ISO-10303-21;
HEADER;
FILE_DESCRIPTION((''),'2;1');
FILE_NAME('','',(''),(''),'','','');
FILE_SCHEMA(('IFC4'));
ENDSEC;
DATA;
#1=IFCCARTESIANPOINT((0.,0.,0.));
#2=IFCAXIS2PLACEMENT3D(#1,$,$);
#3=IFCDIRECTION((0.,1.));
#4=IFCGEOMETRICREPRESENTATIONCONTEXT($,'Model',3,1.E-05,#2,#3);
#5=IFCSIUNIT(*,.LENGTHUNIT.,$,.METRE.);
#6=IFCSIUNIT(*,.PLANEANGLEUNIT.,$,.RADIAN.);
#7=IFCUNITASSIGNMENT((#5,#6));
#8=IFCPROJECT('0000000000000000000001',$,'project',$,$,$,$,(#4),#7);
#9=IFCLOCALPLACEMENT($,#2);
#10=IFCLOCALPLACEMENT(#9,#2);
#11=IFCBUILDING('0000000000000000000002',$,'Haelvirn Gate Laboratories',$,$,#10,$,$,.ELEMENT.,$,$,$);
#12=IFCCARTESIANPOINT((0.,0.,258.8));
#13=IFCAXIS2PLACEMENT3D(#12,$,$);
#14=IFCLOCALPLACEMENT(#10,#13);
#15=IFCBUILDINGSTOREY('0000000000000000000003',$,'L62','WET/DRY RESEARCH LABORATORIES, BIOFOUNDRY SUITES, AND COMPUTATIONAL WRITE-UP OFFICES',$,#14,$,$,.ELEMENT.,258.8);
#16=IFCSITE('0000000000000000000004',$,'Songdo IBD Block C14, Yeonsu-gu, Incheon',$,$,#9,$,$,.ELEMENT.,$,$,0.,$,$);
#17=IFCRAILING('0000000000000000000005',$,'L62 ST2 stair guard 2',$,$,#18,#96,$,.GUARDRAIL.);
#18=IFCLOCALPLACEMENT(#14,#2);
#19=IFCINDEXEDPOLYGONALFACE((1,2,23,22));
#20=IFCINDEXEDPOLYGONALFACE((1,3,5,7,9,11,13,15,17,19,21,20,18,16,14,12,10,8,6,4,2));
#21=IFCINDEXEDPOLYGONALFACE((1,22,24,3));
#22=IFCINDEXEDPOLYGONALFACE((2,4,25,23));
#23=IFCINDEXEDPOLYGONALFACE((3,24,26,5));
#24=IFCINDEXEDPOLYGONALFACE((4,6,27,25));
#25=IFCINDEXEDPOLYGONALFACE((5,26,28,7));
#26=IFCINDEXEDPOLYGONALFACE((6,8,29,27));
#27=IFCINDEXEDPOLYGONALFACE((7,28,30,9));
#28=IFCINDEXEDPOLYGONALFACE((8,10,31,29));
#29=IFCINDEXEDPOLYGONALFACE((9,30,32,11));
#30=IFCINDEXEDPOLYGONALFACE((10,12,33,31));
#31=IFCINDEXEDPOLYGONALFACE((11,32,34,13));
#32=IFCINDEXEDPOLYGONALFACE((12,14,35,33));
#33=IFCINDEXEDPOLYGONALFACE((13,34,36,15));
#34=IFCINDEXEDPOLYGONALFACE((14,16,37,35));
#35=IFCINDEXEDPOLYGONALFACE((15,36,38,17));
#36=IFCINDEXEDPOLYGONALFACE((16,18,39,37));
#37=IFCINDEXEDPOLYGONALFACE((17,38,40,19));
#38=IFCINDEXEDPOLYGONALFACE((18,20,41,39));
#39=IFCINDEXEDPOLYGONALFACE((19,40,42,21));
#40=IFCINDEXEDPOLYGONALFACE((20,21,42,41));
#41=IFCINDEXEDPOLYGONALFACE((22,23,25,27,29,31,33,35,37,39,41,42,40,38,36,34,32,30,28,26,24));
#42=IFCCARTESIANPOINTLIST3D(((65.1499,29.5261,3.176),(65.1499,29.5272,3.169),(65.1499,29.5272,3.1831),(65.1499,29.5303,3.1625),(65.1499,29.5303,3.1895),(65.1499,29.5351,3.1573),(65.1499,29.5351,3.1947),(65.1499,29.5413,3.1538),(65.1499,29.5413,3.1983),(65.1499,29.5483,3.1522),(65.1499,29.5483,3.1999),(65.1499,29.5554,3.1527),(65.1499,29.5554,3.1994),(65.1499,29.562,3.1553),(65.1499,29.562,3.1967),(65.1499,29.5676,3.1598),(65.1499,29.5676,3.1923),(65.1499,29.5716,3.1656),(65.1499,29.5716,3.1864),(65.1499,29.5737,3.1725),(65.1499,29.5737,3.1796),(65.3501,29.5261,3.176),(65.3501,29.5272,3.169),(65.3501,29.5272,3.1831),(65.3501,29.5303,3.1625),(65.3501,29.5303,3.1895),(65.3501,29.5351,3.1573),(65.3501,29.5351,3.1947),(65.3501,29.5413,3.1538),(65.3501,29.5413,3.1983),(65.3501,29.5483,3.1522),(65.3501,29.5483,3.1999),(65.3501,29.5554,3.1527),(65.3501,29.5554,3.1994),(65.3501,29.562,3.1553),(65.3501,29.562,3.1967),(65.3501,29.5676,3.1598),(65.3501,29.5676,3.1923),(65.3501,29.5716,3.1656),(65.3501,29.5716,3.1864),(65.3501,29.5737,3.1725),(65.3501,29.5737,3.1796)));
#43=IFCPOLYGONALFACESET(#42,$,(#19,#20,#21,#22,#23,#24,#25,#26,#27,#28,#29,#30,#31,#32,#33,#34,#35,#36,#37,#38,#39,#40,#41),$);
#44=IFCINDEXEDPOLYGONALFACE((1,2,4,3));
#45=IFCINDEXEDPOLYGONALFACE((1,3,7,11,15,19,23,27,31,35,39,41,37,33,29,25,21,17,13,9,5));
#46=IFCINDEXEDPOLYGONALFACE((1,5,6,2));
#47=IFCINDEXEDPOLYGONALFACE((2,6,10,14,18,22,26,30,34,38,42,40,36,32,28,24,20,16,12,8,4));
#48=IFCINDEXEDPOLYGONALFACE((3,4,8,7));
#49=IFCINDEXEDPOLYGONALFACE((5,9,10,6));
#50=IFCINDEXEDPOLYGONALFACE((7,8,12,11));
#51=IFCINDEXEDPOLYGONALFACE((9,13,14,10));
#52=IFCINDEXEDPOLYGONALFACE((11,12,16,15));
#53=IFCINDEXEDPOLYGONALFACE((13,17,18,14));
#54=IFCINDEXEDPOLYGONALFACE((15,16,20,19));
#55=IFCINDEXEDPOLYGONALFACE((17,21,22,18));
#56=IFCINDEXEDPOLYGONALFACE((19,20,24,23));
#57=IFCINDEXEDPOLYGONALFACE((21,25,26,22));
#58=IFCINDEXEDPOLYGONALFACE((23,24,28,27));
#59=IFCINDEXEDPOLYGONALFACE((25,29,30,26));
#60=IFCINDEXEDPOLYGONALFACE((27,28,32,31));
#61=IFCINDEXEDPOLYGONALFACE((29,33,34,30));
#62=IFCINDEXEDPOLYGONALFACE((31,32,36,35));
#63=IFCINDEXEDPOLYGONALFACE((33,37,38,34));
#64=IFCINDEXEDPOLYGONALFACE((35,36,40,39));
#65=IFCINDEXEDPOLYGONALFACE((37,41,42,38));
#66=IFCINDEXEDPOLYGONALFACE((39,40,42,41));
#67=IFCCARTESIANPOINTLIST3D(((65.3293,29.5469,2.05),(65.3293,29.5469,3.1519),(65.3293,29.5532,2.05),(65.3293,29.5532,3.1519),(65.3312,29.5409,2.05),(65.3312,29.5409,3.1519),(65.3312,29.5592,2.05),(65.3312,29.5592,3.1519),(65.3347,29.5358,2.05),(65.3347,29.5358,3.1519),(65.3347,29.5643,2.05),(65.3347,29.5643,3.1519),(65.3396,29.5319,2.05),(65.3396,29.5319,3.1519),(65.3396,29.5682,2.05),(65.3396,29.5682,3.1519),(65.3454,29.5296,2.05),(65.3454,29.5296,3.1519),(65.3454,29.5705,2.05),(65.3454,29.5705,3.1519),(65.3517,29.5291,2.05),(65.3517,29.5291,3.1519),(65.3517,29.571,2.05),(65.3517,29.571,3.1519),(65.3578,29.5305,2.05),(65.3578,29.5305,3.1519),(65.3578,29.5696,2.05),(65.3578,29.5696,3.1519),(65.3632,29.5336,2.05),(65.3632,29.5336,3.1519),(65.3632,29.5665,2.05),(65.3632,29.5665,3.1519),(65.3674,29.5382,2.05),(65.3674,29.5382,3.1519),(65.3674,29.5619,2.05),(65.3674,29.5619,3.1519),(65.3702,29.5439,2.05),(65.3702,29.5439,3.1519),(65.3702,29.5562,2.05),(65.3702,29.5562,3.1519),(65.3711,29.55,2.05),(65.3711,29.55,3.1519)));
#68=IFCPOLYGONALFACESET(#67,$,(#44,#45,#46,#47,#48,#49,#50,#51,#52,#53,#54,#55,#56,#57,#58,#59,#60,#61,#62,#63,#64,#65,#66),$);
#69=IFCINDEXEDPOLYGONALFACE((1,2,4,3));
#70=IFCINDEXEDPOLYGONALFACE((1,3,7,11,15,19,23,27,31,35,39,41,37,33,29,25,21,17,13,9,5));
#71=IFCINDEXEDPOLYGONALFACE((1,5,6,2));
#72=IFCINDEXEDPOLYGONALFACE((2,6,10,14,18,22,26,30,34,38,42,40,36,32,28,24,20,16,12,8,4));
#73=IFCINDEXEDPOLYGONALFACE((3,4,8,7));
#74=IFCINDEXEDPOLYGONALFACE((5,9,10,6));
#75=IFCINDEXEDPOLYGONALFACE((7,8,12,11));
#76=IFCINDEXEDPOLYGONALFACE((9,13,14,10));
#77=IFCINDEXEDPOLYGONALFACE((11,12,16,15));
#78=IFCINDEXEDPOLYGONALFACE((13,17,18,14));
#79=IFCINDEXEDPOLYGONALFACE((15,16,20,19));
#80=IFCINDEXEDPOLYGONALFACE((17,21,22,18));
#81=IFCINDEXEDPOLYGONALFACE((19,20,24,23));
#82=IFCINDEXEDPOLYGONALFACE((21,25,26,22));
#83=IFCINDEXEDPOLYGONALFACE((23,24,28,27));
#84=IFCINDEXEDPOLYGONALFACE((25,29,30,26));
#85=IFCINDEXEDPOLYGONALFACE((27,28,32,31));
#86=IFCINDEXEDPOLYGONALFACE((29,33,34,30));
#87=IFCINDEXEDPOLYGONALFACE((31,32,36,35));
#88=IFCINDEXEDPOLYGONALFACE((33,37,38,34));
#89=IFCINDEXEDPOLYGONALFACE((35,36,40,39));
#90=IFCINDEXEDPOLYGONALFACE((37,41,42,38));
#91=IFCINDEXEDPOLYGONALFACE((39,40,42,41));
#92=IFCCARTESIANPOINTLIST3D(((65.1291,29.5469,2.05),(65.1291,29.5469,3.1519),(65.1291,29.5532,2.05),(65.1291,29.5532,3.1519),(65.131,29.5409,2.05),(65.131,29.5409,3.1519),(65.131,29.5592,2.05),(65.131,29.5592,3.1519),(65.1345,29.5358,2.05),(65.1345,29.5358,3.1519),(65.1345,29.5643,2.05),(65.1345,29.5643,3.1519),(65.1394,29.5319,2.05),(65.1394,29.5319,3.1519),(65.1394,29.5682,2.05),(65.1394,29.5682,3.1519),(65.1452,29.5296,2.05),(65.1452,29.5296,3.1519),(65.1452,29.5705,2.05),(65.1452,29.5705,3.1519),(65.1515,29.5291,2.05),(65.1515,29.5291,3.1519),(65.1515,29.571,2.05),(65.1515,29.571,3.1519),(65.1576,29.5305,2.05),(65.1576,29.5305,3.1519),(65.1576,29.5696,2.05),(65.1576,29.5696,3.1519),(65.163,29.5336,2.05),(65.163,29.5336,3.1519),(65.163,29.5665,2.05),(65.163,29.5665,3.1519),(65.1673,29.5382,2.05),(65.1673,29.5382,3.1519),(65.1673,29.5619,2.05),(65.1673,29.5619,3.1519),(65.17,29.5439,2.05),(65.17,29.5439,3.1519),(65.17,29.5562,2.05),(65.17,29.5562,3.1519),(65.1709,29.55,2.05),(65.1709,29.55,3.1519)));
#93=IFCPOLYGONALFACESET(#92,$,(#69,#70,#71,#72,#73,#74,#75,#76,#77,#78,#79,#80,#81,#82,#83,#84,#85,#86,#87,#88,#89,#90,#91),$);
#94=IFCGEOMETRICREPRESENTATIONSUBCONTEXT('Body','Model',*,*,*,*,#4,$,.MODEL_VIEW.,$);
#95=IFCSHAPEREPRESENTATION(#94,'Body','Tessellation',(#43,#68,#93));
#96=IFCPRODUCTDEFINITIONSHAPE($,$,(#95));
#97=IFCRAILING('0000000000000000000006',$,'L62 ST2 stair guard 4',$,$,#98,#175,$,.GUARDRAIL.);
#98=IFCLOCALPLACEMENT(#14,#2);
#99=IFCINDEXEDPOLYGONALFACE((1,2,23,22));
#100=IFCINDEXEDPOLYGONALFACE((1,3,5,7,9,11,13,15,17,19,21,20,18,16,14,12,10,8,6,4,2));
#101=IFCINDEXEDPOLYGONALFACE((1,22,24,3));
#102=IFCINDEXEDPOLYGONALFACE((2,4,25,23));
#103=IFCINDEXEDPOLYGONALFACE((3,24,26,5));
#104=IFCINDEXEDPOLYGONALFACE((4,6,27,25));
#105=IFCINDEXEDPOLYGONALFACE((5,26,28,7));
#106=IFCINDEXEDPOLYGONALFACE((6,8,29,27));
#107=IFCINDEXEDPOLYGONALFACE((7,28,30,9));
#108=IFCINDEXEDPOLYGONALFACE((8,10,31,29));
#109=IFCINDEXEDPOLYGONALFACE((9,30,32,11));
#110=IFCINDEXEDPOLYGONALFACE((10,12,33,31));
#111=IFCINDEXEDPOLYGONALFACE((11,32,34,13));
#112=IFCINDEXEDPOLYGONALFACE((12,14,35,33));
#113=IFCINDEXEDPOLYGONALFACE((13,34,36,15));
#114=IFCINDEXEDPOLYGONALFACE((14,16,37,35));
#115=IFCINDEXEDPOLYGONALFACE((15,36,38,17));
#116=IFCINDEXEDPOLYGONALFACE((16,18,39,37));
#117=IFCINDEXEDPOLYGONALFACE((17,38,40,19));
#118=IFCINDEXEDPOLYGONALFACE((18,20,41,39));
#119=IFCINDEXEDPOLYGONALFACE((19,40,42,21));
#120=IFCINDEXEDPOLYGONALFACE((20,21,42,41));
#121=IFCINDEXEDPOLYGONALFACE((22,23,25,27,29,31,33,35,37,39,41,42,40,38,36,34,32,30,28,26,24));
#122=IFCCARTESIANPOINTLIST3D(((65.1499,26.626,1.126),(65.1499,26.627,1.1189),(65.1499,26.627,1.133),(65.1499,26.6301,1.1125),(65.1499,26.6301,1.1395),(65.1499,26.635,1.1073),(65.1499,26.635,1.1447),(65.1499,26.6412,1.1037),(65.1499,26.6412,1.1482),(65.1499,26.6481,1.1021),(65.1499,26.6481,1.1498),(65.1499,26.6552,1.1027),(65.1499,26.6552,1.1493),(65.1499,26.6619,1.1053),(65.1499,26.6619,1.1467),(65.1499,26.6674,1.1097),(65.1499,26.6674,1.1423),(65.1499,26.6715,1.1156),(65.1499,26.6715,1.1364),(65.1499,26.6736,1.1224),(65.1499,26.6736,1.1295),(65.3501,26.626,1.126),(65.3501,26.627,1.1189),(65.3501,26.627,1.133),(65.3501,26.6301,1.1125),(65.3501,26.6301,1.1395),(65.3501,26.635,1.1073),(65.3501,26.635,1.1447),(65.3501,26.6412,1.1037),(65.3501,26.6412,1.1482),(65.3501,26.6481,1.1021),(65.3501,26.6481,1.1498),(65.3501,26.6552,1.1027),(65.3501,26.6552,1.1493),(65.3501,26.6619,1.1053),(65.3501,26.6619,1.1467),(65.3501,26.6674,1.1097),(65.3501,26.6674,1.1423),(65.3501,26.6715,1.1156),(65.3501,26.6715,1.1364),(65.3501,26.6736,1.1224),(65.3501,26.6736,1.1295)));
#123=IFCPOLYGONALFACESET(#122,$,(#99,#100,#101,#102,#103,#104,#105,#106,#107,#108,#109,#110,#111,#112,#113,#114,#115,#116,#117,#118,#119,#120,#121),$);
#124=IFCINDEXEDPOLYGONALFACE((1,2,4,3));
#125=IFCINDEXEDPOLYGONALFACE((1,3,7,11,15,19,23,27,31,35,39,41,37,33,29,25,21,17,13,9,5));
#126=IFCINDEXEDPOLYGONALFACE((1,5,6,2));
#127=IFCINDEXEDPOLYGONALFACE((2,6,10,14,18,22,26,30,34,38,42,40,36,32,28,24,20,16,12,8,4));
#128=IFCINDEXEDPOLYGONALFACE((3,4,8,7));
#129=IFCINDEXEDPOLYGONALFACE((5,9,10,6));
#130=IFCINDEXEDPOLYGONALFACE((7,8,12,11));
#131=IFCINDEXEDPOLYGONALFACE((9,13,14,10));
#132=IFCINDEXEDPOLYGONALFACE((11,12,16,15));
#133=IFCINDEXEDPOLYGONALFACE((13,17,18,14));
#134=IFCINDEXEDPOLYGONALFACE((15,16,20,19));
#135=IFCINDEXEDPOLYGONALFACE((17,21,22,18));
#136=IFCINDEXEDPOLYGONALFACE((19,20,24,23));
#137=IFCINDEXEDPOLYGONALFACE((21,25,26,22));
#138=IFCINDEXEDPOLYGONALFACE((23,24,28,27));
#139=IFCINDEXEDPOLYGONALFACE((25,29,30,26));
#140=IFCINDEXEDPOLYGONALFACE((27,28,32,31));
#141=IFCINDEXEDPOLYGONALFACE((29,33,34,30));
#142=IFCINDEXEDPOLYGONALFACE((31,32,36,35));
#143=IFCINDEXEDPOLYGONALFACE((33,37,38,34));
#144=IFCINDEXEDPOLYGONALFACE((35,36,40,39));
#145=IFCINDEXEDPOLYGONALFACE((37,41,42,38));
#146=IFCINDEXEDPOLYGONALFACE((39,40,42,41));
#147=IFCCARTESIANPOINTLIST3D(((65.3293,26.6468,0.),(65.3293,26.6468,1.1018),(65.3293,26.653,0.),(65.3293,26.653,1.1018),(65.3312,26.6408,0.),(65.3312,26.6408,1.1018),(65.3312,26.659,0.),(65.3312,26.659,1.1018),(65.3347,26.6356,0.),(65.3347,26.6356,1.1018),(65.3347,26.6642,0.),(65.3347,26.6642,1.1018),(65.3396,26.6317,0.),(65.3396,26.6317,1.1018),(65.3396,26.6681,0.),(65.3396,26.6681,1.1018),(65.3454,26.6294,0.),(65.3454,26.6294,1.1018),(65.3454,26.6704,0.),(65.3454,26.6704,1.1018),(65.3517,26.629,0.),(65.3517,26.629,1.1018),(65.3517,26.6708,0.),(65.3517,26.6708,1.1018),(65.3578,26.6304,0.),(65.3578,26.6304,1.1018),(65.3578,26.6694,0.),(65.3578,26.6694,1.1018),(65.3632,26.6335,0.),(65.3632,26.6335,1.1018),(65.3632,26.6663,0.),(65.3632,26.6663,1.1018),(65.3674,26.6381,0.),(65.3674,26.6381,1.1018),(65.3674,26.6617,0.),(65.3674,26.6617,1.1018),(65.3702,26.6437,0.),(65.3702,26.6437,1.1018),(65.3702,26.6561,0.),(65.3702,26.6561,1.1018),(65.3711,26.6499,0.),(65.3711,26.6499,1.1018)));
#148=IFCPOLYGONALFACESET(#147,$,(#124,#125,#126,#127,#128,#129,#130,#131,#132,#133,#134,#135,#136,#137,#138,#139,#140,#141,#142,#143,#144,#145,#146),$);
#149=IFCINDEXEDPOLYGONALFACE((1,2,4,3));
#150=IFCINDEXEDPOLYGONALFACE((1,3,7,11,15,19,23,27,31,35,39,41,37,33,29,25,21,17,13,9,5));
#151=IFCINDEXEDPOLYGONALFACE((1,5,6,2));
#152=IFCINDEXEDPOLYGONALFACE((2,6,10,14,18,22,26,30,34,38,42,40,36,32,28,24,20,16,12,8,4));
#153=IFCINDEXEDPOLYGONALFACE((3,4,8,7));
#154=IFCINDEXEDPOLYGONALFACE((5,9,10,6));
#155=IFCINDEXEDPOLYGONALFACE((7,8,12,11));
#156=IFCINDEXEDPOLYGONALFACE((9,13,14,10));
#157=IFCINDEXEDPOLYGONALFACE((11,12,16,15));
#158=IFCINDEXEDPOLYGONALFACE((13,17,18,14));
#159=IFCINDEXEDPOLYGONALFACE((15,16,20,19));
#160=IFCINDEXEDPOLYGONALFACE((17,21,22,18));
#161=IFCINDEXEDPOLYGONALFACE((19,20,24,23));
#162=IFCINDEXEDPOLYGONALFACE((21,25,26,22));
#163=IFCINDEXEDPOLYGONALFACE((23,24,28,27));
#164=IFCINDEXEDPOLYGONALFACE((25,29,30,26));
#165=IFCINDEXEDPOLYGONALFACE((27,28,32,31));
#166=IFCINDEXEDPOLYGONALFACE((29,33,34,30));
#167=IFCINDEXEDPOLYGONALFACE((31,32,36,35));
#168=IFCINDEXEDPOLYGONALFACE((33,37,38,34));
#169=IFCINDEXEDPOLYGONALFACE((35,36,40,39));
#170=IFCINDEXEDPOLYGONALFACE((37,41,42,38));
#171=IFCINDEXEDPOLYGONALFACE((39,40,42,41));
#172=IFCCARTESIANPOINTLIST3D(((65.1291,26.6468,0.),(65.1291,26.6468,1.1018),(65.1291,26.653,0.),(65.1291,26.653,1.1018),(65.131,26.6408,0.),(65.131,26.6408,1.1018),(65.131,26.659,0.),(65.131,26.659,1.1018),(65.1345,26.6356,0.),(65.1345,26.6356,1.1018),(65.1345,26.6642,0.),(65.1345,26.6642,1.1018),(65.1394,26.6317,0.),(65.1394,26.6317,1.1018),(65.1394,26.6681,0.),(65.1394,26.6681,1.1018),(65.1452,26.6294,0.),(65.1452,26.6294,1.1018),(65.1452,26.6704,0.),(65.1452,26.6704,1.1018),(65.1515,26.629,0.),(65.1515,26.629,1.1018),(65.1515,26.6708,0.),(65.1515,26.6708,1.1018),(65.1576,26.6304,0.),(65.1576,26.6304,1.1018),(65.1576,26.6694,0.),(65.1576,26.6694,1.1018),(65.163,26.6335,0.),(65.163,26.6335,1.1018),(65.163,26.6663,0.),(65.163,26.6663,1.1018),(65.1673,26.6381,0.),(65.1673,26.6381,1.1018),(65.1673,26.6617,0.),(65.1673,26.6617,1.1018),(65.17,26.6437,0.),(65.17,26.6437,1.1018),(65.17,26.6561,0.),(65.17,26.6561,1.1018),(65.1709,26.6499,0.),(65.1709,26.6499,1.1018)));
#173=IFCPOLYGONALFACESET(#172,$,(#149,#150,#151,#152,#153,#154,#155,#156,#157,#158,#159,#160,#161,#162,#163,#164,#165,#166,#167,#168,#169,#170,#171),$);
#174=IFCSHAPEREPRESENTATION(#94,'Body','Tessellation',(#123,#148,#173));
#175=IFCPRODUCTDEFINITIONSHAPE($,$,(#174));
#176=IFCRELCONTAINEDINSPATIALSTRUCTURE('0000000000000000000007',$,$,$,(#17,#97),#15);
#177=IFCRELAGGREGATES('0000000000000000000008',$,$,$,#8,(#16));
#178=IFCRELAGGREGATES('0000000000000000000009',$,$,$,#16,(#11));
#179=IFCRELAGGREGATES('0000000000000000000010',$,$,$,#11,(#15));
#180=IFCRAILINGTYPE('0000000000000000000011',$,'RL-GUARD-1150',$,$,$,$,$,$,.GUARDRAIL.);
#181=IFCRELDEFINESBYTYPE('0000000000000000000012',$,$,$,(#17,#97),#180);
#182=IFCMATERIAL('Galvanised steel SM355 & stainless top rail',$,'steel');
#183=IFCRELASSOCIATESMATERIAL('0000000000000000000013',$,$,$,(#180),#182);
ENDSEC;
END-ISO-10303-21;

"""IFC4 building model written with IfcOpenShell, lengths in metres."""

from ifc_helpers import new_model, si_unit, direction, frame, origin, origin_2d, place, context, subcontext, project, spatial, circle, extrude, source, transform, mapped, material, type_object, element, save


model = new_model("IFC4")

# Units and contexts
model_context = context("Model", 3, precision=1e-05, world=origin(), true_north=direction((0.0, 1.0)))
body_context = subcontext(model_context, "Body", "Model", "MODEL_VIEW")
ifc_project = project(units=[si_unit("LENGTHUNIT", "METRE"), si_unit("PLANEANGLEUNIT", "RADIAN")], contexts=[model_context])

# Site, building, storey
site_placement = place(None, origin())
site = spatial("IfcSite", under=ifc_project, at=site_placement, Name="Songdo IBD Block C14, Yeonsu-gu, Incheon", CompositionType="ELEMENT", RefElevation=0.0)
building_placement = place(site_placement, origin())
building = spatial("IfcBuilding", under=site, at=building_placement, Name="Haelvirn Gate Laboratories", CompositionType="ELEMENT")
storey_placement = place(building_placement, frame((0.0, 0.0, 258.8)))
storey = spatial("IfcBuildingStorey", under=building, at=storey_placement, Name="L62", Description="WET/DRY RESEARCH LABORATORIES, BIOFOUNDRY SUITES, AND COMPUTATIONAL WRITE-UP OFFICES", CompositionType="ELEMENT", Elevation=258.8)

# Railings
ifc_material_1 = material(Name="Galvanised steel SM355 & stainless top rail", Category="steel")
railing_type_1 = type_object("IfcRailingType", Name="RL-GUARD-1150", PredefinedType="GUARDRAIL", material=ifc_material_1)
shared_shape_1 = source(origin(), body_context, "Body", "SweptSolid", [
    extrude(circle(Radius=0.0239, at=origin_2d()), frame((0.0, 0.0, 1.126), z_axis=(-1.0, 0.0, 0.0), x_axis=(0.0, -1.0, 0.0)), (0.0, 0.0, 1.0), 0.2002),
    extrude(circle(Radius=0.021, at=origin_2d()), origin(), (0.0, 0.0, 1.0), 1.1018),
    extrude(circle(Radius=0.021, at=origin_2d()), frame((-0.2002, 0.0, 0.0)), (0.0, 0.0, 1.0), 1.1018),
])
for number, where, name in (
    (1, (65.3501, 29.55, 2.05), "L62 ST2 stair guard 2"),
    (2, (65.3501, 26.6499, 0.0), "L62 ST2 stair guard 4"),
):
    element("IfcRailing", number, at=place(storey_placement, frame(where)), inside=storey, type_object=railing_type_1, Name=name, PredefinedType="GUARDRAIL", context=body_context, shape_type="MappedRepresentation", body=[
        mapped(shared_shape_1, transform((0.0, 0.0, 0.0), scale=1.0)),
    ])

save(model, "model.ifc")
